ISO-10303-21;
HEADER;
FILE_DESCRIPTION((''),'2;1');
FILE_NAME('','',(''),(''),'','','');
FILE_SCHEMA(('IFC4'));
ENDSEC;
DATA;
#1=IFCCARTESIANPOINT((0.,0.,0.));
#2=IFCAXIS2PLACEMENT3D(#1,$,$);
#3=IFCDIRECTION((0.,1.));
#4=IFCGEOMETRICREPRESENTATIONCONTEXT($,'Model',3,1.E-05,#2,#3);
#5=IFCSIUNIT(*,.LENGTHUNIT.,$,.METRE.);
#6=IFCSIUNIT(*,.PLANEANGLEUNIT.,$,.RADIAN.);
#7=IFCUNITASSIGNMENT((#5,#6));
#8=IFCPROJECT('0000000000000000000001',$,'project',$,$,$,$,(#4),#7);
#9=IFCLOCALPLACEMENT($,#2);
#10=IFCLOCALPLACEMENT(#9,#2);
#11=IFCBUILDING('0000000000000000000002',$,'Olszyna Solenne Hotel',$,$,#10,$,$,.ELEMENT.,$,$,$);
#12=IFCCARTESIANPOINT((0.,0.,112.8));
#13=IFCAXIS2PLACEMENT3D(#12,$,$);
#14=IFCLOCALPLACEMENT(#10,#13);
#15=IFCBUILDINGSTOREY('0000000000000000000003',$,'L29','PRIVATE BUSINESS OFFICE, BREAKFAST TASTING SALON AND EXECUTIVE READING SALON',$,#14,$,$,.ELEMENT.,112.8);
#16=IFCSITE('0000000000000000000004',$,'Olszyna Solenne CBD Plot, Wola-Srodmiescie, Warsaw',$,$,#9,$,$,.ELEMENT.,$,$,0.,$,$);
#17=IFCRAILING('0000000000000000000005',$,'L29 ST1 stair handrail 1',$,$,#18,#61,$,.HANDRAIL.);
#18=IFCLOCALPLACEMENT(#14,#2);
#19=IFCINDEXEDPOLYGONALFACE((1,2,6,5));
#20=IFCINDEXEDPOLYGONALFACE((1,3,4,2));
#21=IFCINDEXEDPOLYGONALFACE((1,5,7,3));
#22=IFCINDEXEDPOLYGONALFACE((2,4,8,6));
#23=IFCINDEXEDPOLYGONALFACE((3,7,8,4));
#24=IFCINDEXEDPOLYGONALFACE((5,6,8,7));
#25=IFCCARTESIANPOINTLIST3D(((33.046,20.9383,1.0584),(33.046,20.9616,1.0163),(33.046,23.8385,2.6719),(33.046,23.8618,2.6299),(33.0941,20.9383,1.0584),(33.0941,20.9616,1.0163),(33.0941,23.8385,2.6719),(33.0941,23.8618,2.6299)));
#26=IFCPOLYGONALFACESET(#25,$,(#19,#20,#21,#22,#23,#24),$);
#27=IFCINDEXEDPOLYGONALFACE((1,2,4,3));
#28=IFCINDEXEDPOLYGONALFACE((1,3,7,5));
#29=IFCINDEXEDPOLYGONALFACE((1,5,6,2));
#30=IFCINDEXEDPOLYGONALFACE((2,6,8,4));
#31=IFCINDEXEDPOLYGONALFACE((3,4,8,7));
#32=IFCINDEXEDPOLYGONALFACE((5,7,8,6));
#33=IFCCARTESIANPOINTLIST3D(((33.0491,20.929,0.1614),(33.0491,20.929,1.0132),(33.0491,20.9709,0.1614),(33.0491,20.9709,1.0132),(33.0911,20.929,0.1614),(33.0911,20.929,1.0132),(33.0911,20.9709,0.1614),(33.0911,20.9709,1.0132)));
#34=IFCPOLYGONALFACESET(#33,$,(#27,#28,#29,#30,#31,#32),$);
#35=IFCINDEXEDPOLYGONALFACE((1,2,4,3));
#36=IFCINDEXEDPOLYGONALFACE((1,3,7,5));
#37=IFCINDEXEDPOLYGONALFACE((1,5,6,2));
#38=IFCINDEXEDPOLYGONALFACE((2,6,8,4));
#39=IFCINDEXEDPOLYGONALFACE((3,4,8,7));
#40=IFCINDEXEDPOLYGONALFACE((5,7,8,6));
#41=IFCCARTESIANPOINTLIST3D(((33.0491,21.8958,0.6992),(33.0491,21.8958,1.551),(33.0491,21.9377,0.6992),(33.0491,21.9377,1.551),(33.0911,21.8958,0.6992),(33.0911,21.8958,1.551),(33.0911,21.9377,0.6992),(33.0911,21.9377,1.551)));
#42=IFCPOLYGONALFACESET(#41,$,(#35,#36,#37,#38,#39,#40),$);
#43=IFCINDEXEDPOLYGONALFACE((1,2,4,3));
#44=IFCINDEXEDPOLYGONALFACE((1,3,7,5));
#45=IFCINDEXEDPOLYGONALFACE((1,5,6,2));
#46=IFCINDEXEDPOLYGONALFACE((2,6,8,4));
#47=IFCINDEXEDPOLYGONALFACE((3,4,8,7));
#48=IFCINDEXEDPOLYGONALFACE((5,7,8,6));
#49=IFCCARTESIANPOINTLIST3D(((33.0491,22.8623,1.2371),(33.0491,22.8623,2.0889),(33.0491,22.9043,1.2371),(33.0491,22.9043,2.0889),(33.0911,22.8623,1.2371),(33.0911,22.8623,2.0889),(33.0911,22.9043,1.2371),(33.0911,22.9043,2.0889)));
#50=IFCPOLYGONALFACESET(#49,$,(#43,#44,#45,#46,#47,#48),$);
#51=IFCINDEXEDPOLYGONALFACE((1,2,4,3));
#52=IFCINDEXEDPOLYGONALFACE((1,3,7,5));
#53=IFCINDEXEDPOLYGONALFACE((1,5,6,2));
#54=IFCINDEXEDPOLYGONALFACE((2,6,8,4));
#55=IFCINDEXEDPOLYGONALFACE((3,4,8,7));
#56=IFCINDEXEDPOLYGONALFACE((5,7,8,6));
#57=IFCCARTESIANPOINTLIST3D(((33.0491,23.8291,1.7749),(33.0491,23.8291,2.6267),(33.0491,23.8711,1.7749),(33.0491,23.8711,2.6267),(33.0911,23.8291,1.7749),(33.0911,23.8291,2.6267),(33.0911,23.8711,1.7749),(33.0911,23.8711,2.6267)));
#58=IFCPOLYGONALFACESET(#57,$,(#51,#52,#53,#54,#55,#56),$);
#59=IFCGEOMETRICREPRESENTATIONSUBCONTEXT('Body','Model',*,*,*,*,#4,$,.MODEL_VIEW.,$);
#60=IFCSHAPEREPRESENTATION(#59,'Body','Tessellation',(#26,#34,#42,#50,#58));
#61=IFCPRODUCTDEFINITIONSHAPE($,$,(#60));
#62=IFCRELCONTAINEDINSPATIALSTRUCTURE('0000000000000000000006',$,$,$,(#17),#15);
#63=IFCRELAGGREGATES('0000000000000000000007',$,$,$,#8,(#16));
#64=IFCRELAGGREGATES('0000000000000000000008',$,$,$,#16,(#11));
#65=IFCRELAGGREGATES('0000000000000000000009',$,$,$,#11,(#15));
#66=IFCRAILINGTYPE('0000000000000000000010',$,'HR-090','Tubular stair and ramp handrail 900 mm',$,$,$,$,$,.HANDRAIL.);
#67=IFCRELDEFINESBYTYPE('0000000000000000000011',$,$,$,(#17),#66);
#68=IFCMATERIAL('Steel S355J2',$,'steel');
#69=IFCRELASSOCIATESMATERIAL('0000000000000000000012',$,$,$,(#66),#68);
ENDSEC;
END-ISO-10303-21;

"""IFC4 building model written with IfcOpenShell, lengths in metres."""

from ifc_helpers import new_model, si_unit, direction, frame, origin, origin_2d, place, context, subcontext, project, spatial, rectangle, extrude, material, type_object, element, save


model = new_model("IFC4")

# Units and contexts
model_context = context("Model", 3, precision=1e-05, world=origin(), true_north=direction((0.0, 1.0)))
body_context = subcontext(model_context, "Body", "Model", "MODEL_VIEW")
ifc_project = project(units=[si_unit("LENGTHUNIT", "METRE"), si_unit("PLANEANGLEUNIT", "RADIAN")], contexts=[model_context])

# Site, building, storey
site_placement = place(None, origin())
site = spatial("IfcSite", under=ifc_project, at=site_placement, Name="Olszyna Solenne CBD Plot, Wola-Srodmiescie, Warsaw", CompositionType="ELEMENT", RefElevation=0.0)
building_placement = place(site_placement, origin())
building = spatial("IfcBuilding", under=site, at=building_placement, Name="Olszyna Solenne Hotel", CompositionType="ELEMENT")
storey_placement = place(building_placement, frame((0.0, 0.0, 112.8)))
storey = spatial("IfcBuildingStorey", under=building, at=storey_placement, Name="L29", Description="PRIVATE BUSINESS OFFICE, BREAKFAST TASTING SALON AND EXECUTIVE READING SALON", CompositionType="ELEMENT", Elevation=112.8)

# Shared definitions
ifc_material_1 = material(Name="Steel S355J2", Category="steel")

# Railing
railing_type_1 = type_object("IfcRailingType", Name="HR-090", Description="Tubular stair and ramp handrail 900 mm", PredefinedType="HANDRAIL", material=ifc_material_1)
railing_1_placement = place(storey_placement, frame((33.0701, 20.95, 0.1614)))
element("IfcRailing", 1, at=railing_1_placement, inside=storey, type_object=railing_type_1, Name="L29 ST1 stair handrail 1", PredefinedType="HANDRAIL", context=body_context, shape_type="SweptSolid", body=[
    extrude(rectangle(XDim=0.0481, YDim=0.0481, at=origin_2d()), frame((0.0, 0.0, 0.876), z_axis=(0.0, 0.873859, 0.48618), x_axis=(-1.0, 0.0, 0.0)), (0.0, 0.0, 1.0), 3.3188),
    extrude(rectangle(XDim=0.042, YDim=0.042, at=origin_2d()), origin(), (0.0, 0.0, 1.0), 0.8518),
    extrude(rectangle(XDim=0.042, YDim=0.042, at=origin_2d()), frame((0.0, 0.9668, 0.5378)), (0.0, 0.0, 1.0), 0.8518),
    extrude(rectangle(XDim=0.042, YDim=0.042, at=origin_2d()), frame((0.0, 1.9333, 1.0757)), (0.0, 0.0, 1.0), 0.8518),
    extrude(rectangle(XDim=0.042, YDim=0.042, at=origin_2d()), frame((0.0, 2.9001, 1.6135)), (0.0, 0.0, 1.0), 0.8518),
])

save(model, "model.ifc")
